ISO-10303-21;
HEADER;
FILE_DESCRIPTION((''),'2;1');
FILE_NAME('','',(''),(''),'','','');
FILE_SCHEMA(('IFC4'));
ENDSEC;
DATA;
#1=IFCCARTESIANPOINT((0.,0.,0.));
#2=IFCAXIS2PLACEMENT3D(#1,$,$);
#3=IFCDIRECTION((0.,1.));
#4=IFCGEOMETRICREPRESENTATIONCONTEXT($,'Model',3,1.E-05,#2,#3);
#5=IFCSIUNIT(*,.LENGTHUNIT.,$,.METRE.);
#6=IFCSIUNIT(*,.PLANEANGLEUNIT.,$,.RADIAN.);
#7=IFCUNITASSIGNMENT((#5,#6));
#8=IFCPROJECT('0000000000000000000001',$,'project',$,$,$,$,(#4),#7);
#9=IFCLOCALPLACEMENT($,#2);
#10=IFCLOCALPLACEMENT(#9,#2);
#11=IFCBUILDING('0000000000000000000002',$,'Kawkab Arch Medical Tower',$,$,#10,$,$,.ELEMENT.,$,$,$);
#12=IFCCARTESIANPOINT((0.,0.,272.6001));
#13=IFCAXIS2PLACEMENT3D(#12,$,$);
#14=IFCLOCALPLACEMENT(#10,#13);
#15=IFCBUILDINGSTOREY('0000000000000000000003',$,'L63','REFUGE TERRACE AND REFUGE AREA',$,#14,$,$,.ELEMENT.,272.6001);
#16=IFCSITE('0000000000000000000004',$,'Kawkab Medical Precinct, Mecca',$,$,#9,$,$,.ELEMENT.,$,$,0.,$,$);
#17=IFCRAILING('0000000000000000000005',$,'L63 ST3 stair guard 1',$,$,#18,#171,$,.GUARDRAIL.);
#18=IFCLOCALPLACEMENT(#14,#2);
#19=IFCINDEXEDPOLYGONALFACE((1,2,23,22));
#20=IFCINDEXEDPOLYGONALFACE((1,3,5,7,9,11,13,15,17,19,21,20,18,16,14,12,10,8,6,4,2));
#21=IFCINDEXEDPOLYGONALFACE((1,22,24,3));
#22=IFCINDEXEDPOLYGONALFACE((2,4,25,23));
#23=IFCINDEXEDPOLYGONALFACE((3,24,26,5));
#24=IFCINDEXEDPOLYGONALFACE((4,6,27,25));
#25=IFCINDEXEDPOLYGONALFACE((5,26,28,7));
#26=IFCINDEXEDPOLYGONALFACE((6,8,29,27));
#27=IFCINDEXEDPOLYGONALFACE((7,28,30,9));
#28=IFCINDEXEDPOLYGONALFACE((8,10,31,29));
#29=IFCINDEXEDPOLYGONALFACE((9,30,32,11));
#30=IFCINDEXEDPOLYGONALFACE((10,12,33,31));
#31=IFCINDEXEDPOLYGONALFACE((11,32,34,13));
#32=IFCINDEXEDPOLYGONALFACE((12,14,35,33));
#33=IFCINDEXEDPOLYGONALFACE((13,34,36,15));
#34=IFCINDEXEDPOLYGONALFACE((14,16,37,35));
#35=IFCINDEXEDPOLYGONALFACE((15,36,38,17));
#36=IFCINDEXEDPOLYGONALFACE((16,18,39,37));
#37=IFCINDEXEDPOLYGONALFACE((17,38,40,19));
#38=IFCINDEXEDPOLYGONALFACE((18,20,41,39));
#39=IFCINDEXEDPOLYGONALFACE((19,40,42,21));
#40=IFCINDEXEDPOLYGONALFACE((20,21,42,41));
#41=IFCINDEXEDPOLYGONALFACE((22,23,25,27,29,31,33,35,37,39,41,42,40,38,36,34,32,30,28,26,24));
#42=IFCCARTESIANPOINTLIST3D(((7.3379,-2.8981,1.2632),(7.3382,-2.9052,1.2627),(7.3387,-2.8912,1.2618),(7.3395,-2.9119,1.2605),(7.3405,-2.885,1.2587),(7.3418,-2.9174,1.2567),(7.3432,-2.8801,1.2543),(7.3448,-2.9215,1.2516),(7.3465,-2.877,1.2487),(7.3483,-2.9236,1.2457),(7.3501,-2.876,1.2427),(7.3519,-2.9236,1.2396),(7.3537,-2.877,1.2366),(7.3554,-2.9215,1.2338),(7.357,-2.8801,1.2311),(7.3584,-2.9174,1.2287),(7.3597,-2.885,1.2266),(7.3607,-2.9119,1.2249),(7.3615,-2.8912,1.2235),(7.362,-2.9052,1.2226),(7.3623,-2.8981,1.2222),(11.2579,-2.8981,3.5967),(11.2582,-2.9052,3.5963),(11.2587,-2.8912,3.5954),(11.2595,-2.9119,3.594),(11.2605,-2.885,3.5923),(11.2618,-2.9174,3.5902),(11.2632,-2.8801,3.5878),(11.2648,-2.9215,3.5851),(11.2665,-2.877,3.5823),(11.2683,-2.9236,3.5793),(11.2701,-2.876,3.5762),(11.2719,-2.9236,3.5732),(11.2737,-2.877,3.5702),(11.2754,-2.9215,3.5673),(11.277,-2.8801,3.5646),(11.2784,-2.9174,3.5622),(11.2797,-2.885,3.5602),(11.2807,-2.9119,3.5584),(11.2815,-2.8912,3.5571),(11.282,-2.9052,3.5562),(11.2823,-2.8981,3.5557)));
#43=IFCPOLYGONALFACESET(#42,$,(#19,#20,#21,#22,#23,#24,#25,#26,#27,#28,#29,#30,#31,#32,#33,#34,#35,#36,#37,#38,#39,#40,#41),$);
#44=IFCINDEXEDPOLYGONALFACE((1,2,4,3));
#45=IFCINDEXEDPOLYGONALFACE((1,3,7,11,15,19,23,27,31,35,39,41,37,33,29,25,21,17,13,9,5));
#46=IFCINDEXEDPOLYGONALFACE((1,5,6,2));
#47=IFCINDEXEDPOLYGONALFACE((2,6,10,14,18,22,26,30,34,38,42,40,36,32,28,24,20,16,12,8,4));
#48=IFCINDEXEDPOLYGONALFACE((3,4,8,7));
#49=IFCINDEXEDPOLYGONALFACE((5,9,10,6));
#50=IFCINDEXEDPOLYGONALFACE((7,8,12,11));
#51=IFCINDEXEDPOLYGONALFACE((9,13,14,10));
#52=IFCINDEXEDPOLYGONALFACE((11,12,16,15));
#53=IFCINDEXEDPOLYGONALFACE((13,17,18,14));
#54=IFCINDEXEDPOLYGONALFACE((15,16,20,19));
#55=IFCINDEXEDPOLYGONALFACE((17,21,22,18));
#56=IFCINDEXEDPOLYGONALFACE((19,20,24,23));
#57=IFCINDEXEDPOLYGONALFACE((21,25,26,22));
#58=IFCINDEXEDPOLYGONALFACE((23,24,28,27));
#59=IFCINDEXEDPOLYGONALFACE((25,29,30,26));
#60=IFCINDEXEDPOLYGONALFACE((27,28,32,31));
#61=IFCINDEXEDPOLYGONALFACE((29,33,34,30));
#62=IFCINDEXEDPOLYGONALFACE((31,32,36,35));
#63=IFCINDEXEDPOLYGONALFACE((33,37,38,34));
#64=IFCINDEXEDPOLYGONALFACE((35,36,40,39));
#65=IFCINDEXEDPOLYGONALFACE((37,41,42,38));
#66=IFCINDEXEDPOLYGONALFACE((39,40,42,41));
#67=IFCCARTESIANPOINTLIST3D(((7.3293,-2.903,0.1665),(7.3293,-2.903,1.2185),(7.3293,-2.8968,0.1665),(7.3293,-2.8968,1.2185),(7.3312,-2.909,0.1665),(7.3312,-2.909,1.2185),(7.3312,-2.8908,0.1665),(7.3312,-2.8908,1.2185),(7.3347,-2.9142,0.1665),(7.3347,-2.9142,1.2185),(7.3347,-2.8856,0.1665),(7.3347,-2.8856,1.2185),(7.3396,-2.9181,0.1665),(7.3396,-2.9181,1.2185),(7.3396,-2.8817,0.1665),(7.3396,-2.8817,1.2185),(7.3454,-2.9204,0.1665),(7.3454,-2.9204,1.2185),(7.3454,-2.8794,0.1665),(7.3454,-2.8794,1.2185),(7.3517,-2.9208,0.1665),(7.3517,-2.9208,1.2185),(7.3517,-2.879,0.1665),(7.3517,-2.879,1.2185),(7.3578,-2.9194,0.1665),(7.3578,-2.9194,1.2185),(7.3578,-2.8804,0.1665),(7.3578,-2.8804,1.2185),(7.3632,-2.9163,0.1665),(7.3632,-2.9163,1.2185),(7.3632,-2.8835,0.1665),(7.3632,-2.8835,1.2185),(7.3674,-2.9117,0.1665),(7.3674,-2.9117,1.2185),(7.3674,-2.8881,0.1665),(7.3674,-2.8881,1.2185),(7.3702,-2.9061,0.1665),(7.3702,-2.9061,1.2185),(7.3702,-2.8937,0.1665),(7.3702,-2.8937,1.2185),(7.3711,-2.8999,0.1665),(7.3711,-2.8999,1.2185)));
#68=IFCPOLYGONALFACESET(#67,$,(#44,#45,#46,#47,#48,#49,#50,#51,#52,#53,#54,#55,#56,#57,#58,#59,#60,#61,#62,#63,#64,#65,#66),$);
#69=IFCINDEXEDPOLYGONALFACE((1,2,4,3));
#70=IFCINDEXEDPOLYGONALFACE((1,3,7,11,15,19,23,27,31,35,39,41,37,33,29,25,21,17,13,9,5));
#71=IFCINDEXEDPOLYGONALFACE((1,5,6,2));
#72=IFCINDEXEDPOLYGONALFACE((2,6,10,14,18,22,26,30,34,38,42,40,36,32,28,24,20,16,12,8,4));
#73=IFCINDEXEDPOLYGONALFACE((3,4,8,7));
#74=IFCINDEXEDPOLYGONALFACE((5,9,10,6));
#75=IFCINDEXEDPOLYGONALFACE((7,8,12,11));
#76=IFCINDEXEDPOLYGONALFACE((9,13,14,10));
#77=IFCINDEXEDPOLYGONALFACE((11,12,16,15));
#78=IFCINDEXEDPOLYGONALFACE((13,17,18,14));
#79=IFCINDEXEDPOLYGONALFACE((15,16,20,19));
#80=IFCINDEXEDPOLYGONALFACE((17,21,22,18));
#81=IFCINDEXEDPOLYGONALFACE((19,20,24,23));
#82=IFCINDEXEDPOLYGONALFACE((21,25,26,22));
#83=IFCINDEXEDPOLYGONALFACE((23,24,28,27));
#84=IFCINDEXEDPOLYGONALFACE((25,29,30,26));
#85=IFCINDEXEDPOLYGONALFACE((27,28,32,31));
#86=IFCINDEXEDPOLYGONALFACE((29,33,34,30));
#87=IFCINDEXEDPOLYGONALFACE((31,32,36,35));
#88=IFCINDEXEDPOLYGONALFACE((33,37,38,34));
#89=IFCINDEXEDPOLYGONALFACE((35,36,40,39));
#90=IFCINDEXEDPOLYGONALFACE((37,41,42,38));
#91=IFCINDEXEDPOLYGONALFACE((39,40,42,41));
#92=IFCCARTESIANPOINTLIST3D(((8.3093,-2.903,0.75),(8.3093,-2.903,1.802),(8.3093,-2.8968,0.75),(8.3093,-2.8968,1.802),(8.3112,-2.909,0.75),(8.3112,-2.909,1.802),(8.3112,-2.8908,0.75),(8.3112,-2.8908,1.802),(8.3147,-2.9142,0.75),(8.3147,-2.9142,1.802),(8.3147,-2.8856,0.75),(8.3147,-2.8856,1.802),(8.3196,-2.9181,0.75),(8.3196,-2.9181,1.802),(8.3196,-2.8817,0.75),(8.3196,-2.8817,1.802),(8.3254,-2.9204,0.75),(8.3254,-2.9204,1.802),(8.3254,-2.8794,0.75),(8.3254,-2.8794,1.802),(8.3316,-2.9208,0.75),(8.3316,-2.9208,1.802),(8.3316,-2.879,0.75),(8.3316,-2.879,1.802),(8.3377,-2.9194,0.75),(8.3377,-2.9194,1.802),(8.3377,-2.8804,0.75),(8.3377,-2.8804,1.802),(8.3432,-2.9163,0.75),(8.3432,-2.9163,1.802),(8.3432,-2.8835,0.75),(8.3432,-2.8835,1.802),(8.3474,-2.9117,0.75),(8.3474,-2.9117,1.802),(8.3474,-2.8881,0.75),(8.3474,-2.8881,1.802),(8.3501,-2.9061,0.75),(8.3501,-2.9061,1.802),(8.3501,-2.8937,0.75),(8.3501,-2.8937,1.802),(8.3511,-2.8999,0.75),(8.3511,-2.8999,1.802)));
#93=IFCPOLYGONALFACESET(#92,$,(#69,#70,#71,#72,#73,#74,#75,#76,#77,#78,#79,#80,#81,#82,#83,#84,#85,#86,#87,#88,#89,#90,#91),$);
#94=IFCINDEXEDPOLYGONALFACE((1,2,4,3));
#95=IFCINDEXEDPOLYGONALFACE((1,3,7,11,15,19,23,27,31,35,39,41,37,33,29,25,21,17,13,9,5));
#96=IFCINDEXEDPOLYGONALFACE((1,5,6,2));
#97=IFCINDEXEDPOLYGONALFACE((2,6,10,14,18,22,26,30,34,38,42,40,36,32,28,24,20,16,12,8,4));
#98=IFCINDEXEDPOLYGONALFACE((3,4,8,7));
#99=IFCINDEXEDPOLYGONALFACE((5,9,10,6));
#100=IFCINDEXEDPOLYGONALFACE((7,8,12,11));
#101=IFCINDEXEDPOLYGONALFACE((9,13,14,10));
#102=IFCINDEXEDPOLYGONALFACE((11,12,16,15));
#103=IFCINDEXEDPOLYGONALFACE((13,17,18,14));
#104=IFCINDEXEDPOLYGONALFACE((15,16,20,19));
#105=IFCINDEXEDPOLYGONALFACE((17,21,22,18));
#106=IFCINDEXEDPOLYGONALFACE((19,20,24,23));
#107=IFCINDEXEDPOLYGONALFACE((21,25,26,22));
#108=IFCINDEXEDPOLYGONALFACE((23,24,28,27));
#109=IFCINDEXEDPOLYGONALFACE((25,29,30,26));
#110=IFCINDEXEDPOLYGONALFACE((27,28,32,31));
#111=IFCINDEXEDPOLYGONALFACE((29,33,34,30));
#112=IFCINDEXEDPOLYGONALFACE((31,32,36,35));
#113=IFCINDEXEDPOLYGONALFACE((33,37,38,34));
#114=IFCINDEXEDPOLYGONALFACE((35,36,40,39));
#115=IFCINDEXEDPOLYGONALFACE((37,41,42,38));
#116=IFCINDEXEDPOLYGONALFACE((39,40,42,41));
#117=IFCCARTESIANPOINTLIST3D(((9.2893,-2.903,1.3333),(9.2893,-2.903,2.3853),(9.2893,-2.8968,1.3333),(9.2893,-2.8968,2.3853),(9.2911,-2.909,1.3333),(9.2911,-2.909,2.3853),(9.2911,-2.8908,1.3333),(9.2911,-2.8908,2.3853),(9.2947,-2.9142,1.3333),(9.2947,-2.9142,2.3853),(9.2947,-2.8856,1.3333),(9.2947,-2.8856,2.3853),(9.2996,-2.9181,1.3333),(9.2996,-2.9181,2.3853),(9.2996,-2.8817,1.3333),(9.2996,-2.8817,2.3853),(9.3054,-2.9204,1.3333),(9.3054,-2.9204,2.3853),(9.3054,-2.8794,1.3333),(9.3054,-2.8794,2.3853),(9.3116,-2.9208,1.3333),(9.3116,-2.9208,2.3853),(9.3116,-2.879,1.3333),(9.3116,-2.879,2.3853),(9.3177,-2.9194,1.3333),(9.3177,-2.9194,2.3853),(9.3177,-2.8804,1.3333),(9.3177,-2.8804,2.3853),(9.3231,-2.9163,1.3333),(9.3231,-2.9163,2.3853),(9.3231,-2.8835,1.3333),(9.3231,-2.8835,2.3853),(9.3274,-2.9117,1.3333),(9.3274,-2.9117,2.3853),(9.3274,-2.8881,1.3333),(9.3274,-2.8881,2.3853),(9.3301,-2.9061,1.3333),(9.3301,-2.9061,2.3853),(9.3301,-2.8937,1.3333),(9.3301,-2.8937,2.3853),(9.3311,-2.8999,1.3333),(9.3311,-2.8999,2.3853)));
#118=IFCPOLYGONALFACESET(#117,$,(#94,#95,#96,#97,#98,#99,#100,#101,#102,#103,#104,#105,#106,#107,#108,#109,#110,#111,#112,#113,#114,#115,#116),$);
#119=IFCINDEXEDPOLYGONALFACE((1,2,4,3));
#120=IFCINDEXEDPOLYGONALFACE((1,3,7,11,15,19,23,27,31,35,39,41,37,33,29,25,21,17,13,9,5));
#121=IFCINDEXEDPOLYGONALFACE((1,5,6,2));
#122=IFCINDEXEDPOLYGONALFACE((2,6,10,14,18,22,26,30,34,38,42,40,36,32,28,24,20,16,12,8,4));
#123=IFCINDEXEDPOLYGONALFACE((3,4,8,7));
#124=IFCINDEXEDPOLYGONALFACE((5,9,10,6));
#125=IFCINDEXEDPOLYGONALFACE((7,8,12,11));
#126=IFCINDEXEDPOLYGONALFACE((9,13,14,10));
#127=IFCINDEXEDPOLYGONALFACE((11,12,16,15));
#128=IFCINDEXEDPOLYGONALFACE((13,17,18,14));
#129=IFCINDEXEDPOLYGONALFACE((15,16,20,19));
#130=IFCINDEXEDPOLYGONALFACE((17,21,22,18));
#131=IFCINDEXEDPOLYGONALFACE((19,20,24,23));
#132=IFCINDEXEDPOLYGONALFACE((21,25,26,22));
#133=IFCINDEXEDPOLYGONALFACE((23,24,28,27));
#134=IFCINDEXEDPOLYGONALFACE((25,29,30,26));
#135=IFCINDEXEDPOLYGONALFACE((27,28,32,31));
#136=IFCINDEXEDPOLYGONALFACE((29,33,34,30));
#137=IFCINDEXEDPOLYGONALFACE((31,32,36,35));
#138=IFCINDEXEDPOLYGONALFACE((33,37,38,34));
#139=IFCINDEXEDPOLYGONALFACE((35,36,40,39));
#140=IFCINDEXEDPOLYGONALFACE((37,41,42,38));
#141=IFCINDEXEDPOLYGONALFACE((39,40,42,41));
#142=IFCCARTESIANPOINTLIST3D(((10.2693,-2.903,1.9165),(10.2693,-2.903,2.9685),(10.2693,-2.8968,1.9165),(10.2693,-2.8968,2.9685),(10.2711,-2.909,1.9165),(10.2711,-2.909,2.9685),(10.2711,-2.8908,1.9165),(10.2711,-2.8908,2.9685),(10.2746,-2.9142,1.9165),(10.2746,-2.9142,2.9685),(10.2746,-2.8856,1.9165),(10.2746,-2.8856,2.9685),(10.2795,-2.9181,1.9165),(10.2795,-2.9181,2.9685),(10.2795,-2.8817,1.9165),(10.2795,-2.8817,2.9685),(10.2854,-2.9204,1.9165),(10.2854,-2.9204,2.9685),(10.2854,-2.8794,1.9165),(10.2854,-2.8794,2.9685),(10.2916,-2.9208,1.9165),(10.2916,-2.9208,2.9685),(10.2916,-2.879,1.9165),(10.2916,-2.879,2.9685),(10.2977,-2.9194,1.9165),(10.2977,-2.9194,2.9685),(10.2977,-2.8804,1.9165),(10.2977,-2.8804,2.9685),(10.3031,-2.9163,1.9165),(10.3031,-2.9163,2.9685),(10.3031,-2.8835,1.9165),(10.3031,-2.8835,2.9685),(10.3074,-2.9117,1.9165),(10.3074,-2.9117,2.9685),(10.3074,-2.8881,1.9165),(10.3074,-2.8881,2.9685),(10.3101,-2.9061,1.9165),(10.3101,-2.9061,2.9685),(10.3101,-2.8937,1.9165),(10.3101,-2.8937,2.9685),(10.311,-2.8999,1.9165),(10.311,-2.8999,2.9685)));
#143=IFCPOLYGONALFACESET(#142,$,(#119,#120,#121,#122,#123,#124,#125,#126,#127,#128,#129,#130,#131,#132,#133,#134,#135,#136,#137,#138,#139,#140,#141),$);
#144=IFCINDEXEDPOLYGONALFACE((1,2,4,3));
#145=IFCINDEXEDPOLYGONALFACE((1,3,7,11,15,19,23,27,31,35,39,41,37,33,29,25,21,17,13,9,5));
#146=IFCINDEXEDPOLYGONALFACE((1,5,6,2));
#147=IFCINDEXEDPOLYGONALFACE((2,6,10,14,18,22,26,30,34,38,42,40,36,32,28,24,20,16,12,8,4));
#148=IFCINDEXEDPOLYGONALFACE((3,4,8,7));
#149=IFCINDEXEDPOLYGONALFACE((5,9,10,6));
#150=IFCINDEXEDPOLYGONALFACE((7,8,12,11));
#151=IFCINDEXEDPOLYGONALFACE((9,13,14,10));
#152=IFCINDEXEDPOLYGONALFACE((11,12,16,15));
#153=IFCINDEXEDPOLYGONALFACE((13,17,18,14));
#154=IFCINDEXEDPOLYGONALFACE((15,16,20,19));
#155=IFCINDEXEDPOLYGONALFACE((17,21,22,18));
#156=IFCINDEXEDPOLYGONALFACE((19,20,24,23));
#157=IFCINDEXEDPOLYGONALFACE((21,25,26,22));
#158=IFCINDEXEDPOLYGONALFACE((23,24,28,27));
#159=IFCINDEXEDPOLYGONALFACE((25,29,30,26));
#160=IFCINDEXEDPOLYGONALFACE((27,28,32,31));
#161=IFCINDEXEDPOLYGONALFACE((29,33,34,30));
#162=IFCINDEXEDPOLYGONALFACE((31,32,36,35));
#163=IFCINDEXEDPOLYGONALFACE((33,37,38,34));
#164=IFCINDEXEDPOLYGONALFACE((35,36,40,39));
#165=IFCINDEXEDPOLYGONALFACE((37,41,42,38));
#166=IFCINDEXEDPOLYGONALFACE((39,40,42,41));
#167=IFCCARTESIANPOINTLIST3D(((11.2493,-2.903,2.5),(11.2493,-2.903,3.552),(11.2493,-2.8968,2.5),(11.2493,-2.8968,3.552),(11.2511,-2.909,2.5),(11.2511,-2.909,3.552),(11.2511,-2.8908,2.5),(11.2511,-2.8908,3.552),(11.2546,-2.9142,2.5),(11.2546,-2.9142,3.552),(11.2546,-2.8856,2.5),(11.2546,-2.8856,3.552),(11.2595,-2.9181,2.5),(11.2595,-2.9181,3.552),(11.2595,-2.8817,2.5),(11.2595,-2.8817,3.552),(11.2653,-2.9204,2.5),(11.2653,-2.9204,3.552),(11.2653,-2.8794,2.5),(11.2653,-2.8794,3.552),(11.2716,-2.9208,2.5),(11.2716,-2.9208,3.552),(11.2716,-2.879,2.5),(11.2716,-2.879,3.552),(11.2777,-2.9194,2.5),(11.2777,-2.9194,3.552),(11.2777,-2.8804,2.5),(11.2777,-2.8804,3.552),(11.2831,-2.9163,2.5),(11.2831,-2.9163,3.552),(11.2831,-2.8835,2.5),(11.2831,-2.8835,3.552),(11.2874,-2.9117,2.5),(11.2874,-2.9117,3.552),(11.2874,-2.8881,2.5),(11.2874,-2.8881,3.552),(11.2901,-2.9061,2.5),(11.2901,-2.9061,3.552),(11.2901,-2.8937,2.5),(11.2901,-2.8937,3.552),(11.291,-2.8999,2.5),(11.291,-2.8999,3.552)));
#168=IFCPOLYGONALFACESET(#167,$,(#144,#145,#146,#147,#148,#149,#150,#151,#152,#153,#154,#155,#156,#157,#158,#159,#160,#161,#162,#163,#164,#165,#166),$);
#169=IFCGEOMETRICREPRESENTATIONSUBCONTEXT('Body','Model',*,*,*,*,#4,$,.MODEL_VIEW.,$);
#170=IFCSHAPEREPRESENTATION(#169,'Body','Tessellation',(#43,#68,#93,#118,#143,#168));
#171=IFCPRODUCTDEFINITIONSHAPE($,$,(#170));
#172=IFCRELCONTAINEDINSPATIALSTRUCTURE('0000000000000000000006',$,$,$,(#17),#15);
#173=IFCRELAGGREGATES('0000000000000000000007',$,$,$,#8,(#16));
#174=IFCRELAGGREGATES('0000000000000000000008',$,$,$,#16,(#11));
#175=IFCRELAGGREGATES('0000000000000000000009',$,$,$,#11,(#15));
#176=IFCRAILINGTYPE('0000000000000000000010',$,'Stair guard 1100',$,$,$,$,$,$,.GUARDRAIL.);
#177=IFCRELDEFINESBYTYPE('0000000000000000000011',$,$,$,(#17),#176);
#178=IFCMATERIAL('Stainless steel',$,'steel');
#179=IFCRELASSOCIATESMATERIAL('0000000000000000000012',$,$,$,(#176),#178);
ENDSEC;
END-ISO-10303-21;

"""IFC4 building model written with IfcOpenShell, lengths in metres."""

from ifc_helpers import new_model, si_unit, direction, frame, origin, origin_2d, place, context, subcontext, project, spatial, circle, extrude, material, type_object, element, save


model = new_model("IFC4")

# Units and contexts
model_context = context("Model", 3, precision=1e-05, world=origin(), true_north=direction((0.0, 1.0)))
body_context = subcontext(model_context, "Body", "Model", "MODEL_VIEW")
ifc_project = project(units=[si_unit("LENGTHUNIT", "METRE"), si_unit("PLANEANGLEUNIT", "RADIAN")], contexts=[model_context])

# Site, building, storey
site_placement = place(None, origin())
site = spatial("IfcSite", under=ifc_project, at=site_placement, Name="Kawkab Medical Precinct, Mecca", CompositionType="ELEMENT", RefElevation=0.0)
building_placement = place(site_placement, origin())
building = spatial("IfcBuilding", under=site, at=building_placement, Name="Kawkab Arch Medical Tower", CompositionType="ELEMENT")
storey_placement = place(building_placement, frame((0.0, 0.0, 272.6001)))
storey = spatial("IfcBuildingStorey", under=building, at=storey_placement, Name="L63", Description="REFUGE TERRACE AND REFUGE AREA", CompositionType="ELEMENT", Elevation=272.6001)

# Railing
ifc_material_1 = material(Name="Stainless steel", Category="steel")
railing_type = type_object("IfcRailingType", Name="Stair guard 1100", PredefinedType="GUARDRAIL", material=ifc_material_1)
railing_1_placement = place(storey_placement, frame((7.3501, -2.8999, 0.1665)))
element("IfcRailing", 1, at=railing_1_placement, inside=storey, type_object=railing_type, Name="L63 ST3 stair guard 1", PredefinedType="GUARDRAIL", context=body_context, shape_type="SweptSolid", body=[
    extrude(circle(Radius=0.0239, at=origin_2d()), frame((0.0, 0.0, 1.0762), z_axis=(0.859273, 0.0, 0.511518), x_axis=(0.0, 1.0, 0.0)), (0.0, 0.0, 1.0), 4.562),
    extrude(circle(Radius=0.021, at=origin_2d()), origin(), (0.0, 0.0, 1.0), 1.052),
    extrude(circle(Radius=0.021, at=origin_2d()), frame((0.98, 0.0, 0.5835)), (0.0, 0.0, 1.0), 1.052),
    extrude(circle(Radius=0.021, at=origin_2d()), frame((1.96, 0.0, 1.1667)), (0.0, 0.0, 1.0), 1.052),
    extrude(circle(Radius=0.021, at=origin_2d()), frame((2.9399, 0.0, 1.75)), (0.0, 0.0, 1.0), 1.052),
    extrude(circle(Radius=0.021, at=origin_2d()), frame((3.9199, 0.0, 2.3335)), (0.0, 0.0, 1.0), 1.052),
])

save(model, "model.ifc")
